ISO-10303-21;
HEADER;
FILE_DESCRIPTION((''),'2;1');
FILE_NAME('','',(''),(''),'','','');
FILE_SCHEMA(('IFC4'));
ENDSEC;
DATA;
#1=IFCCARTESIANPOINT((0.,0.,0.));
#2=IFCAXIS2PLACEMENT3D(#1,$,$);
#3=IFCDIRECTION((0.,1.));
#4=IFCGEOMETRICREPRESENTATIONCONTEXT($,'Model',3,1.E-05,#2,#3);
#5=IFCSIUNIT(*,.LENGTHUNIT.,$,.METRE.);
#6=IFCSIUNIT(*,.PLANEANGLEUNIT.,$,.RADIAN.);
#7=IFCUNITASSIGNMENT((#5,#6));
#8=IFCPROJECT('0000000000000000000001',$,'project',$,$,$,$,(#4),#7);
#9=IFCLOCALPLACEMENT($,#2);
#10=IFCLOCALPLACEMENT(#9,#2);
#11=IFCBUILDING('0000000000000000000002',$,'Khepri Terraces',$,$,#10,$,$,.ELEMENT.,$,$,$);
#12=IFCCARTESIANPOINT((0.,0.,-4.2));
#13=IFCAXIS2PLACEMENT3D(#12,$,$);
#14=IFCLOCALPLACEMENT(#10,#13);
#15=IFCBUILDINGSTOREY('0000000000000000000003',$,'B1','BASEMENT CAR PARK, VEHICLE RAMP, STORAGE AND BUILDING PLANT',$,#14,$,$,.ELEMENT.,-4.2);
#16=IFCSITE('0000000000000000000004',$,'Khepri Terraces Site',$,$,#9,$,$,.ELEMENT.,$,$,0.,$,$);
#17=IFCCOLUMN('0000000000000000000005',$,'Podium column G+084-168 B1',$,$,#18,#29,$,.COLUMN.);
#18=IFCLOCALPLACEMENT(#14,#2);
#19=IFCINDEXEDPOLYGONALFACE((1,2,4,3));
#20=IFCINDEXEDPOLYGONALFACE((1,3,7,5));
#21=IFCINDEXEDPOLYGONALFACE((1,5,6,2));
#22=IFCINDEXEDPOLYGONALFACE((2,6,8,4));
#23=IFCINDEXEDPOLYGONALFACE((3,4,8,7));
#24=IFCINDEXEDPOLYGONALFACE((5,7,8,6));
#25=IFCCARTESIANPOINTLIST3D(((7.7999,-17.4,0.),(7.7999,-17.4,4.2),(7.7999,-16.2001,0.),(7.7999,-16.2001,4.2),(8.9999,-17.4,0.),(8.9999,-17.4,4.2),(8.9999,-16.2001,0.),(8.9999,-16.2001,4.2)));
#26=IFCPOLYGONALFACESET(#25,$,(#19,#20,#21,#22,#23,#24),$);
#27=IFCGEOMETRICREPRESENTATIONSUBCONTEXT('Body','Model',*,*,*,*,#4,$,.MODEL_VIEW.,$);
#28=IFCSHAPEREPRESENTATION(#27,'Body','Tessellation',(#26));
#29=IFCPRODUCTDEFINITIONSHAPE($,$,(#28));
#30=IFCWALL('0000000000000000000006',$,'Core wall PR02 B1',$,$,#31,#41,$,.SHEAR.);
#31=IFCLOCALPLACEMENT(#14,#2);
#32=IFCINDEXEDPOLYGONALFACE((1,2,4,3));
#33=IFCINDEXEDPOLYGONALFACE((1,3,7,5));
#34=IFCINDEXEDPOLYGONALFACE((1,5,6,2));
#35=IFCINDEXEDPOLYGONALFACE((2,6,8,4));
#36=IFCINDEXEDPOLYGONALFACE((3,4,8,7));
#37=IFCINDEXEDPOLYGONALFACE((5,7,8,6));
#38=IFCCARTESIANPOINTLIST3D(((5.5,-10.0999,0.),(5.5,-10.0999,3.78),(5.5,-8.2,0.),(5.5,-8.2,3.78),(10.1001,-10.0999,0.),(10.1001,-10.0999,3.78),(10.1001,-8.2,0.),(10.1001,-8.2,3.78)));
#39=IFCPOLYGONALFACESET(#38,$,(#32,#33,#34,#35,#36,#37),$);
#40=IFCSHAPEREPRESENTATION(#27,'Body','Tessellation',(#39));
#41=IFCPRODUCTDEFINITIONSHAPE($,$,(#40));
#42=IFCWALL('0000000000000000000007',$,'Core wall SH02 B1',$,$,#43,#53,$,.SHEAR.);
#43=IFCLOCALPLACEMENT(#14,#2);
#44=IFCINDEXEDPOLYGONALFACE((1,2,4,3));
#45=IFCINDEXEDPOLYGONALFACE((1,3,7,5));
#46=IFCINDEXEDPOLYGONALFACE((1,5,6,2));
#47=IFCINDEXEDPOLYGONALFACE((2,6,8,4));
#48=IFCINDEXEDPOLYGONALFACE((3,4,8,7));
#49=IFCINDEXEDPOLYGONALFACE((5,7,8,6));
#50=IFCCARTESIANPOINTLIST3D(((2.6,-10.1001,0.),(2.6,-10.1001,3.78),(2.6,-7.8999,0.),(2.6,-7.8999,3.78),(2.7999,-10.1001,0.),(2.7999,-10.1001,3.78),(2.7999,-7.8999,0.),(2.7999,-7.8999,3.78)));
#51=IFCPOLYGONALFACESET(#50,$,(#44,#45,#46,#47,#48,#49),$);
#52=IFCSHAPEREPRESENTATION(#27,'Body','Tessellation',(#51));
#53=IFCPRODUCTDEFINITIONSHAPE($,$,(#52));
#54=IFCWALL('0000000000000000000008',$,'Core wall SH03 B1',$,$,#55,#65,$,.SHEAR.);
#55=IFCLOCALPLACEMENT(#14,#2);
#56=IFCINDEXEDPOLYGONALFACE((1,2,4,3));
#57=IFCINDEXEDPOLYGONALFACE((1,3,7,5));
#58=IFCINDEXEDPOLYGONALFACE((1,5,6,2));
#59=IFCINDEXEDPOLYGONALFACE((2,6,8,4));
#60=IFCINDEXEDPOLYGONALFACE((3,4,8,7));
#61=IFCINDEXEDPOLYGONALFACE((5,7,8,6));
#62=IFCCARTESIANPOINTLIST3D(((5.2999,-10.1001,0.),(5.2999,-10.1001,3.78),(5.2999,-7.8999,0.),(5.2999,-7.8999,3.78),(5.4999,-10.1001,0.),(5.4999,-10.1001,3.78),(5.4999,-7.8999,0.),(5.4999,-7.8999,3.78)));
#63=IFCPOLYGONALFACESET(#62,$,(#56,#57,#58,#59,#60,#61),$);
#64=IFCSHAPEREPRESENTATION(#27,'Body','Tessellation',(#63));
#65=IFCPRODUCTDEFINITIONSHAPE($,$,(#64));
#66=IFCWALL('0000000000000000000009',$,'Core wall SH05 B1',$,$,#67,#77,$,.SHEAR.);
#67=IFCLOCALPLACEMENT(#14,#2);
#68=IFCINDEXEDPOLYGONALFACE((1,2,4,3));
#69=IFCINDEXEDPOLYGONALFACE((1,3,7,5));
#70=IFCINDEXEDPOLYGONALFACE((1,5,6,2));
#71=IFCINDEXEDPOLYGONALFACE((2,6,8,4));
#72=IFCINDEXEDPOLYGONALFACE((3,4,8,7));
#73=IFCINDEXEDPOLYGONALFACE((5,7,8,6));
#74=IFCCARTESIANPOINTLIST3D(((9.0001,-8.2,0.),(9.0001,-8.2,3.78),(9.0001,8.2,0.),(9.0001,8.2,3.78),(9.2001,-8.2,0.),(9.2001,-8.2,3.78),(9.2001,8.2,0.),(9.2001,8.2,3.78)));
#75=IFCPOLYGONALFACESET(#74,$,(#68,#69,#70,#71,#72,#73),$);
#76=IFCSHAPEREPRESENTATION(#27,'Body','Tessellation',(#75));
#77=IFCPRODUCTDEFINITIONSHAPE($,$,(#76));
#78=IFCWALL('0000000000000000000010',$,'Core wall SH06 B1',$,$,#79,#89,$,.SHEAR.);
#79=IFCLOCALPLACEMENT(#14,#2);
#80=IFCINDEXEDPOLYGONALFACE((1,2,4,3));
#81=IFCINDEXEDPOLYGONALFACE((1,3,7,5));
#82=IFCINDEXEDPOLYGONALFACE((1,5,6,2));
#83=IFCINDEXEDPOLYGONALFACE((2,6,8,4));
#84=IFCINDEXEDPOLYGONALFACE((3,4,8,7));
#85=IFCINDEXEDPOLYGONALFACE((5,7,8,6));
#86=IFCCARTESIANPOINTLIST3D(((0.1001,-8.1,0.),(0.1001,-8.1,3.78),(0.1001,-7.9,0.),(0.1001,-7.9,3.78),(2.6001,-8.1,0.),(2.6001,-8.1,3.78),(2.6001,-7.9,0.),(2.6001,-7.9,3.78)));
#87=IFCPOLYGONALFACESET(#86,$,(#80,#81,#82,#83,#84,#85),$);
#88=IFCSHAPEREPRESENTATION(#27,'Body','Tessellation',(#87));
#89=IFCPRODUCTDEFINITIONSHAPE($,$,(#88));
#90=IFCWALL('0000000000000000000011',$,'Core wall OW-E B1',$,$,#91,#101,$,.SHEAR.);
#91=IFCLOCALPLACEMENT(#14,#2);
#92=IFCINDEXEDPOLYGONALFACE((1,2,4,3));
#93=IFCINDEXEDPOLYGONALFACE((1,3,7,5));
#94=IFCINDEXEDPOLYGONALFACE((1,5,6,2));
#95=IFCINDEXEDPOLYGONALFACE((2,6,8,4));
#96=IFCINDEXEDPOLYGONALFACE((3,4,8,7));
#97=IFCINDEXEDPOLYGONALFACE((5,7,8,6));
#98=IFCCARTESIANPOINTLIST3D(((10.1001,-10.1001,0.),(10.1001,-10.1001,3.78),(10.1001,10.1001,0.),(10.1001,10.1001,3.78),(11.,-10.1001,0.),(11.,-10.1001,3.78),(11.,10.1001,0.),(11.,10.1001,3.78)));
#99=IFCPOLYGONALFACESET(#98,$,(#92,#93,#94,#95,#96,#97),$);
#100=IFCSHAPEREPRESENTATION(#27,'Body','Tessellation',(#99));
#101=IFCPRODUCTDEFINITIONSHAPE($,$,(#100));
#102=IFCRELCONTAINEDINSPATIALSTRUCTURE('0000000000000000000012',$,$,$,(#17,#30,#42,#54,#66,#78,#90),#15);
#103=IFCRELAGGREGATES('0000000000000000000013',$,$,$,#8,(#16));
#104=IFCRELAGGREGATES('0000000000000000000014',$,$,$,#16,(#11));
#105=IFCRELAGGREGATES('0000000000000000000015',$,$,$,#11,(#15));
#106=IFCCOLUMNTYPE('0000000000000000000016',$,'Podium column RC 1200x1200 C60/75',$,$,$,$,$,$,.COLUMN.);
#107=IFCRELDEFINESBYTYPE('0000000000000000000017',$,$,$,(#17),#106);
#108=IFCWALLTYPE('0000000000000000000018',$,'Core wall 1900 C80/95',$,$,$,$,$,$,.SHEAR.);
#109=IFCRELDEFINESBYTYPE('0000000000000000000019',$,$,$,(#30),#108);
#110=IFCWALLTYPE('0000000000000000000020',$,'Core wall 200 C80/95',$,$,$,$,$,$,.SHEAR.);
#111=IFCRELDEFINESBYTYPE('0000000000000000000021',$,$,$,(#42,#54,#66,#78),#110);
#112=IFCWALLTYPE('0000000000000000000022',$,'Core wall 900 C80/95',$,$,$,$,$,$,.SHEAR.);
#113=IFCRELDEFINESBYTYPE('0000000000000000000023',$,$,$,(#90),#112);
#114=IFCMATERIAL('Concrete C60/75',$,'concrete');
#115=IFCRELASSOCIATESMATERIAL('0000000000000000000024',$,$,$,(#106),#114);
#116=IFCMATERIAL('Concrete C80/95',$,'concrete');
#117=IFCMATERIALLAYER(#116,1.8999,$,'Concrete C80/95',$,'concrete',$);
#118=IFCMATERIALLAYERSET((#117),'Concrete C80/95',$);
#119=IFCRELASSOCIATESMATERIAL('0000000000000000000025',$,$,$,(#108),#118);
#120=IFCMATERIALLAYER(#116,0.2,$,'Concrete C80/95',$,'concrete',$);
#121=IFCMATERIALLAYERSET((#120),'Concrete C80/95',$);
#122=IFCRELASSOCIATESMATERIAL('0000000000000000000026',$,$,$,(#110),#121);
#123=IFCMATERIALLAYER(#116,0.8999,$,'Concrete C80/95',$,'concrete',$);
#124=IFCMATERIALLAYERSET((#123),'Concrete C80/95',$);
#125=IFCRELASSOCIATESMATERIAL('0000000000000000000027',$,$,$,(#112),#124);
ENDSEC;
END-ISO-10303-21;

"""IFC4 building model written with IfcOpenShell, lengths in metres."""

from ifc_helpers import new_model, si_unit, direction, frame, frame_2d, origin, origin_2d, place, context, subcontext, project, spatial, rectangle, extrude, material, layer, layer_set, material_profile, profile_set, type_object, element, save


model = new_model("IFC4")

# Units and contexts
model_context = context("Model", 3, precision=1e-05, world=origin(), true_north=direction((0.0, 1.0)))
body_context = subcontext(model_context, "Body", "Model", "MODEL_VIEW")
ifc_project = project(units=[si_unit("LENGTHUNIT", "METRE"), si_unit("PLANEANGLEUNIT", "RADIAN")], contexts=[model_context])

# Site, building, storey
site_placement = place(None, origin())
site = spatial("IfcSite", under=ifc_project, at=site_placement, Name="Khepri Terraces Site", CompositionType="ELEMENT", RefElevation=0.0)
building_placement = place(site_placement, origin())
building = spatial("IfcBuilding", under=site, at=building_placement, Name="Khepri Terraces", CompositionType="ELEMENT")
storey_placement = place(building_placement, frame((0.0, 0.0, -4.2)))
storey = spatial("IfcBuildingStorey", under=building, at=storey_placement, Name="B1", Description="BASEMENT CAR PARK, VEHICLE RAMP, STORAGE AND BUILDING PLANT", CompositionType="ELEMENT", Elevation=-4.2)

# Column
ifc_material_1 = material(Name="Concrete C60/75", Category="concrete")
ifc_material_profile = material_profile(ifc_material_1, rectangle(XDim=1.2, YDim=1.2, at=origin_2d()), Name="Concrete C60/75", Category="concrete")
ifc_profile_set = profile_set([ifc_material_profile], Name="Concrete C60/75")
column_type = type_object("IfcColumnType", Name="Podium column RC 1200x1200 C60/75", PredefinedType="COLUMN", material=ifc_profile_set)
column_placement = place(storey_placement, frame((8.3999, -16.8, 0.0), z_axis=(0.0, 0.0, 1.0), x_axis=(1.0, 0.0, 0.0)))
element("IfcColumn", 1, at=column_placement, inside=storey, type_object=column_type, Name="Podium column G+084-168 B1", PredefinedType="COLUMN", context=body_context, shape_type="SweptSolid", body=[
    extrude(rectangle(XDim=1.2, YDim=1.2, at=origin_2d()), origin(), (0.0, 0.0, 1.0), 4.2),
])

# Walls
ifc_material_2 = material(Name="Concrete C80/95", Category="concrete")
ifc_layer_1 = layer(ifc_material_2, 1.8999, Name="Concrete C80/95", Category="concrete")
ifc_layer_set_1 = layer_set([ifc_layer_1], Name="Concrete C80/95")
wall_type_1 = type_object("IfcWallType", Name="Core wall 1900 C80/95", PredefinedType="SHEAR", material=ifc_layer_set_1)
wall_1_placement = place(storey_placement, frame((5.5, -9.1499, 0.0), z_axis=(0.0, 0.0, 1.0), x_axis=(1.0, 0.0, 0.0)))
element("IfcWall", 2, at=wall_1_placement, inside=storey, type_object=wall_type_1, Name="Core wall PR02 B1", PredefinedType="SHEAR", context=body_context, shape_type="SweptSolid", body=[
    extrude(rectangle(XDim=4.6001, YDim=1.8999, at=frame_2d((2.3, 0.0))), origin(), (0.0, 0.0, 1.0), 3.78),
])
ifc_layer_2 = layer(ifc_material_2, 0.2, Name="Concrete C80/95", Category="concrete")
ifc_layer_set_2 = layer_set([ifc_layer_2], Name="Concrete C80/95")
wall_type_2 = type_object("IfcWallType", Name="Core wall 200 C80/95", PredefinedType="SHEAR", material=ifc_layer_set_2)
for number, where, z_axis, x_axis, name in (
    (3, (2.7, -10.1001, 0.0), (0.0, 0.0, 1.0), (0.0, 1.0, 0.0), "Core wall SH02 B1"),
    (4, (5.3999, -10.1001, 0.0), (0.0, 0.0, 1.0), (0.0, 1.0, 0.0), "Core wall SH03 B1"),
):
    element("IfcWall", number, at=place(storey_placement, frame(where, z_axis=z_axis, x_axis=x_axis)), inside=storey, type_object=wall_type_2, Name=name, PredefinedType="SHEAR", context=body_context, shape_type="SweptSolid", body=[
        extrude(rectangle(XDim=2.2002, YDim=0.2, at=frame_2d((1.1001, 0.0))), origin(), (0.0, 0.0, 1.0), 3.78),
    ])
wall_2_placement = place(storey_placement, frame((9.1001, -8.2, 0.0), z_axis=(0.0, 0.0, 1.0), x_axis=(0.0, 1.0, 0.0)))
element("IfcWall", 5, at=wall_2_placement, inside=storey, type_object=wall_type_2, Name="Core wall SH05 B1", PredefinedType="SHEAR", context=body_context, shape_type="SweptSolid", body=[
    extrude(rectangle(XDim=16.3999, YDim=0.2, at=frame_2d((8.2, 0.0))), origin(), (0.0, 0.0, 1.0), 3.78),
])
wall_3_placement = place(storey_placement, frame((0.1001, -8.0, 0.0), z_axis=(0.0, 0.0, 1.0), x_axis=(1.0, 0.0, 0.0)))
element("IfcWall", 6, at=wall_3_placement, inside=storey, type_object=wall_type_2, Name="Core wall SH06 B1", PredefinedType="SHEAR", context=body_context, shape_type="SweptSolid", body=[
    extrude(rectangle(XDim=2.5, YDim=0.2, at=frame_2d((1.25, 0.0))), origin(), (0.0, 0.0, 1.0), 3.78),
])
ifc_layer_3 = layer(ifc_material_2, 0.8999, Name="Concrete C80/95", Category="concrete")
ifc_layer_set_3 = layer_set([ifc_layer_3], Name="Concrete C80/95")
wall_type_3 = type_object("IfcWallType", Name="Core wall 900 C80/95", PredefinedType="SHEAR", material=ifc_layer_set_3)
wall_4_placement = place(storey_placement, frame((10.55, -10.1001, 0.0), z_axis=(0.0, 0.0, 1.0), x_axis=(0.0, 1.0, 0.0)))
element("IfcWall", 7, at=wall_4_placement, inside=storey, type_object=wall_type_3, Name="Core wall OW-E B1", PredefinedType="SHEAR", context=body_context, shape_type="SweptSolid", body=[
    extrude(rectangle(XDim=20.2002, YDim=0.8999, at=frame_2d((10.1001, 0.0))), origin(), (0.0, 0.0, 1.0), 3.78),
])

save(model, "model.ifc")
